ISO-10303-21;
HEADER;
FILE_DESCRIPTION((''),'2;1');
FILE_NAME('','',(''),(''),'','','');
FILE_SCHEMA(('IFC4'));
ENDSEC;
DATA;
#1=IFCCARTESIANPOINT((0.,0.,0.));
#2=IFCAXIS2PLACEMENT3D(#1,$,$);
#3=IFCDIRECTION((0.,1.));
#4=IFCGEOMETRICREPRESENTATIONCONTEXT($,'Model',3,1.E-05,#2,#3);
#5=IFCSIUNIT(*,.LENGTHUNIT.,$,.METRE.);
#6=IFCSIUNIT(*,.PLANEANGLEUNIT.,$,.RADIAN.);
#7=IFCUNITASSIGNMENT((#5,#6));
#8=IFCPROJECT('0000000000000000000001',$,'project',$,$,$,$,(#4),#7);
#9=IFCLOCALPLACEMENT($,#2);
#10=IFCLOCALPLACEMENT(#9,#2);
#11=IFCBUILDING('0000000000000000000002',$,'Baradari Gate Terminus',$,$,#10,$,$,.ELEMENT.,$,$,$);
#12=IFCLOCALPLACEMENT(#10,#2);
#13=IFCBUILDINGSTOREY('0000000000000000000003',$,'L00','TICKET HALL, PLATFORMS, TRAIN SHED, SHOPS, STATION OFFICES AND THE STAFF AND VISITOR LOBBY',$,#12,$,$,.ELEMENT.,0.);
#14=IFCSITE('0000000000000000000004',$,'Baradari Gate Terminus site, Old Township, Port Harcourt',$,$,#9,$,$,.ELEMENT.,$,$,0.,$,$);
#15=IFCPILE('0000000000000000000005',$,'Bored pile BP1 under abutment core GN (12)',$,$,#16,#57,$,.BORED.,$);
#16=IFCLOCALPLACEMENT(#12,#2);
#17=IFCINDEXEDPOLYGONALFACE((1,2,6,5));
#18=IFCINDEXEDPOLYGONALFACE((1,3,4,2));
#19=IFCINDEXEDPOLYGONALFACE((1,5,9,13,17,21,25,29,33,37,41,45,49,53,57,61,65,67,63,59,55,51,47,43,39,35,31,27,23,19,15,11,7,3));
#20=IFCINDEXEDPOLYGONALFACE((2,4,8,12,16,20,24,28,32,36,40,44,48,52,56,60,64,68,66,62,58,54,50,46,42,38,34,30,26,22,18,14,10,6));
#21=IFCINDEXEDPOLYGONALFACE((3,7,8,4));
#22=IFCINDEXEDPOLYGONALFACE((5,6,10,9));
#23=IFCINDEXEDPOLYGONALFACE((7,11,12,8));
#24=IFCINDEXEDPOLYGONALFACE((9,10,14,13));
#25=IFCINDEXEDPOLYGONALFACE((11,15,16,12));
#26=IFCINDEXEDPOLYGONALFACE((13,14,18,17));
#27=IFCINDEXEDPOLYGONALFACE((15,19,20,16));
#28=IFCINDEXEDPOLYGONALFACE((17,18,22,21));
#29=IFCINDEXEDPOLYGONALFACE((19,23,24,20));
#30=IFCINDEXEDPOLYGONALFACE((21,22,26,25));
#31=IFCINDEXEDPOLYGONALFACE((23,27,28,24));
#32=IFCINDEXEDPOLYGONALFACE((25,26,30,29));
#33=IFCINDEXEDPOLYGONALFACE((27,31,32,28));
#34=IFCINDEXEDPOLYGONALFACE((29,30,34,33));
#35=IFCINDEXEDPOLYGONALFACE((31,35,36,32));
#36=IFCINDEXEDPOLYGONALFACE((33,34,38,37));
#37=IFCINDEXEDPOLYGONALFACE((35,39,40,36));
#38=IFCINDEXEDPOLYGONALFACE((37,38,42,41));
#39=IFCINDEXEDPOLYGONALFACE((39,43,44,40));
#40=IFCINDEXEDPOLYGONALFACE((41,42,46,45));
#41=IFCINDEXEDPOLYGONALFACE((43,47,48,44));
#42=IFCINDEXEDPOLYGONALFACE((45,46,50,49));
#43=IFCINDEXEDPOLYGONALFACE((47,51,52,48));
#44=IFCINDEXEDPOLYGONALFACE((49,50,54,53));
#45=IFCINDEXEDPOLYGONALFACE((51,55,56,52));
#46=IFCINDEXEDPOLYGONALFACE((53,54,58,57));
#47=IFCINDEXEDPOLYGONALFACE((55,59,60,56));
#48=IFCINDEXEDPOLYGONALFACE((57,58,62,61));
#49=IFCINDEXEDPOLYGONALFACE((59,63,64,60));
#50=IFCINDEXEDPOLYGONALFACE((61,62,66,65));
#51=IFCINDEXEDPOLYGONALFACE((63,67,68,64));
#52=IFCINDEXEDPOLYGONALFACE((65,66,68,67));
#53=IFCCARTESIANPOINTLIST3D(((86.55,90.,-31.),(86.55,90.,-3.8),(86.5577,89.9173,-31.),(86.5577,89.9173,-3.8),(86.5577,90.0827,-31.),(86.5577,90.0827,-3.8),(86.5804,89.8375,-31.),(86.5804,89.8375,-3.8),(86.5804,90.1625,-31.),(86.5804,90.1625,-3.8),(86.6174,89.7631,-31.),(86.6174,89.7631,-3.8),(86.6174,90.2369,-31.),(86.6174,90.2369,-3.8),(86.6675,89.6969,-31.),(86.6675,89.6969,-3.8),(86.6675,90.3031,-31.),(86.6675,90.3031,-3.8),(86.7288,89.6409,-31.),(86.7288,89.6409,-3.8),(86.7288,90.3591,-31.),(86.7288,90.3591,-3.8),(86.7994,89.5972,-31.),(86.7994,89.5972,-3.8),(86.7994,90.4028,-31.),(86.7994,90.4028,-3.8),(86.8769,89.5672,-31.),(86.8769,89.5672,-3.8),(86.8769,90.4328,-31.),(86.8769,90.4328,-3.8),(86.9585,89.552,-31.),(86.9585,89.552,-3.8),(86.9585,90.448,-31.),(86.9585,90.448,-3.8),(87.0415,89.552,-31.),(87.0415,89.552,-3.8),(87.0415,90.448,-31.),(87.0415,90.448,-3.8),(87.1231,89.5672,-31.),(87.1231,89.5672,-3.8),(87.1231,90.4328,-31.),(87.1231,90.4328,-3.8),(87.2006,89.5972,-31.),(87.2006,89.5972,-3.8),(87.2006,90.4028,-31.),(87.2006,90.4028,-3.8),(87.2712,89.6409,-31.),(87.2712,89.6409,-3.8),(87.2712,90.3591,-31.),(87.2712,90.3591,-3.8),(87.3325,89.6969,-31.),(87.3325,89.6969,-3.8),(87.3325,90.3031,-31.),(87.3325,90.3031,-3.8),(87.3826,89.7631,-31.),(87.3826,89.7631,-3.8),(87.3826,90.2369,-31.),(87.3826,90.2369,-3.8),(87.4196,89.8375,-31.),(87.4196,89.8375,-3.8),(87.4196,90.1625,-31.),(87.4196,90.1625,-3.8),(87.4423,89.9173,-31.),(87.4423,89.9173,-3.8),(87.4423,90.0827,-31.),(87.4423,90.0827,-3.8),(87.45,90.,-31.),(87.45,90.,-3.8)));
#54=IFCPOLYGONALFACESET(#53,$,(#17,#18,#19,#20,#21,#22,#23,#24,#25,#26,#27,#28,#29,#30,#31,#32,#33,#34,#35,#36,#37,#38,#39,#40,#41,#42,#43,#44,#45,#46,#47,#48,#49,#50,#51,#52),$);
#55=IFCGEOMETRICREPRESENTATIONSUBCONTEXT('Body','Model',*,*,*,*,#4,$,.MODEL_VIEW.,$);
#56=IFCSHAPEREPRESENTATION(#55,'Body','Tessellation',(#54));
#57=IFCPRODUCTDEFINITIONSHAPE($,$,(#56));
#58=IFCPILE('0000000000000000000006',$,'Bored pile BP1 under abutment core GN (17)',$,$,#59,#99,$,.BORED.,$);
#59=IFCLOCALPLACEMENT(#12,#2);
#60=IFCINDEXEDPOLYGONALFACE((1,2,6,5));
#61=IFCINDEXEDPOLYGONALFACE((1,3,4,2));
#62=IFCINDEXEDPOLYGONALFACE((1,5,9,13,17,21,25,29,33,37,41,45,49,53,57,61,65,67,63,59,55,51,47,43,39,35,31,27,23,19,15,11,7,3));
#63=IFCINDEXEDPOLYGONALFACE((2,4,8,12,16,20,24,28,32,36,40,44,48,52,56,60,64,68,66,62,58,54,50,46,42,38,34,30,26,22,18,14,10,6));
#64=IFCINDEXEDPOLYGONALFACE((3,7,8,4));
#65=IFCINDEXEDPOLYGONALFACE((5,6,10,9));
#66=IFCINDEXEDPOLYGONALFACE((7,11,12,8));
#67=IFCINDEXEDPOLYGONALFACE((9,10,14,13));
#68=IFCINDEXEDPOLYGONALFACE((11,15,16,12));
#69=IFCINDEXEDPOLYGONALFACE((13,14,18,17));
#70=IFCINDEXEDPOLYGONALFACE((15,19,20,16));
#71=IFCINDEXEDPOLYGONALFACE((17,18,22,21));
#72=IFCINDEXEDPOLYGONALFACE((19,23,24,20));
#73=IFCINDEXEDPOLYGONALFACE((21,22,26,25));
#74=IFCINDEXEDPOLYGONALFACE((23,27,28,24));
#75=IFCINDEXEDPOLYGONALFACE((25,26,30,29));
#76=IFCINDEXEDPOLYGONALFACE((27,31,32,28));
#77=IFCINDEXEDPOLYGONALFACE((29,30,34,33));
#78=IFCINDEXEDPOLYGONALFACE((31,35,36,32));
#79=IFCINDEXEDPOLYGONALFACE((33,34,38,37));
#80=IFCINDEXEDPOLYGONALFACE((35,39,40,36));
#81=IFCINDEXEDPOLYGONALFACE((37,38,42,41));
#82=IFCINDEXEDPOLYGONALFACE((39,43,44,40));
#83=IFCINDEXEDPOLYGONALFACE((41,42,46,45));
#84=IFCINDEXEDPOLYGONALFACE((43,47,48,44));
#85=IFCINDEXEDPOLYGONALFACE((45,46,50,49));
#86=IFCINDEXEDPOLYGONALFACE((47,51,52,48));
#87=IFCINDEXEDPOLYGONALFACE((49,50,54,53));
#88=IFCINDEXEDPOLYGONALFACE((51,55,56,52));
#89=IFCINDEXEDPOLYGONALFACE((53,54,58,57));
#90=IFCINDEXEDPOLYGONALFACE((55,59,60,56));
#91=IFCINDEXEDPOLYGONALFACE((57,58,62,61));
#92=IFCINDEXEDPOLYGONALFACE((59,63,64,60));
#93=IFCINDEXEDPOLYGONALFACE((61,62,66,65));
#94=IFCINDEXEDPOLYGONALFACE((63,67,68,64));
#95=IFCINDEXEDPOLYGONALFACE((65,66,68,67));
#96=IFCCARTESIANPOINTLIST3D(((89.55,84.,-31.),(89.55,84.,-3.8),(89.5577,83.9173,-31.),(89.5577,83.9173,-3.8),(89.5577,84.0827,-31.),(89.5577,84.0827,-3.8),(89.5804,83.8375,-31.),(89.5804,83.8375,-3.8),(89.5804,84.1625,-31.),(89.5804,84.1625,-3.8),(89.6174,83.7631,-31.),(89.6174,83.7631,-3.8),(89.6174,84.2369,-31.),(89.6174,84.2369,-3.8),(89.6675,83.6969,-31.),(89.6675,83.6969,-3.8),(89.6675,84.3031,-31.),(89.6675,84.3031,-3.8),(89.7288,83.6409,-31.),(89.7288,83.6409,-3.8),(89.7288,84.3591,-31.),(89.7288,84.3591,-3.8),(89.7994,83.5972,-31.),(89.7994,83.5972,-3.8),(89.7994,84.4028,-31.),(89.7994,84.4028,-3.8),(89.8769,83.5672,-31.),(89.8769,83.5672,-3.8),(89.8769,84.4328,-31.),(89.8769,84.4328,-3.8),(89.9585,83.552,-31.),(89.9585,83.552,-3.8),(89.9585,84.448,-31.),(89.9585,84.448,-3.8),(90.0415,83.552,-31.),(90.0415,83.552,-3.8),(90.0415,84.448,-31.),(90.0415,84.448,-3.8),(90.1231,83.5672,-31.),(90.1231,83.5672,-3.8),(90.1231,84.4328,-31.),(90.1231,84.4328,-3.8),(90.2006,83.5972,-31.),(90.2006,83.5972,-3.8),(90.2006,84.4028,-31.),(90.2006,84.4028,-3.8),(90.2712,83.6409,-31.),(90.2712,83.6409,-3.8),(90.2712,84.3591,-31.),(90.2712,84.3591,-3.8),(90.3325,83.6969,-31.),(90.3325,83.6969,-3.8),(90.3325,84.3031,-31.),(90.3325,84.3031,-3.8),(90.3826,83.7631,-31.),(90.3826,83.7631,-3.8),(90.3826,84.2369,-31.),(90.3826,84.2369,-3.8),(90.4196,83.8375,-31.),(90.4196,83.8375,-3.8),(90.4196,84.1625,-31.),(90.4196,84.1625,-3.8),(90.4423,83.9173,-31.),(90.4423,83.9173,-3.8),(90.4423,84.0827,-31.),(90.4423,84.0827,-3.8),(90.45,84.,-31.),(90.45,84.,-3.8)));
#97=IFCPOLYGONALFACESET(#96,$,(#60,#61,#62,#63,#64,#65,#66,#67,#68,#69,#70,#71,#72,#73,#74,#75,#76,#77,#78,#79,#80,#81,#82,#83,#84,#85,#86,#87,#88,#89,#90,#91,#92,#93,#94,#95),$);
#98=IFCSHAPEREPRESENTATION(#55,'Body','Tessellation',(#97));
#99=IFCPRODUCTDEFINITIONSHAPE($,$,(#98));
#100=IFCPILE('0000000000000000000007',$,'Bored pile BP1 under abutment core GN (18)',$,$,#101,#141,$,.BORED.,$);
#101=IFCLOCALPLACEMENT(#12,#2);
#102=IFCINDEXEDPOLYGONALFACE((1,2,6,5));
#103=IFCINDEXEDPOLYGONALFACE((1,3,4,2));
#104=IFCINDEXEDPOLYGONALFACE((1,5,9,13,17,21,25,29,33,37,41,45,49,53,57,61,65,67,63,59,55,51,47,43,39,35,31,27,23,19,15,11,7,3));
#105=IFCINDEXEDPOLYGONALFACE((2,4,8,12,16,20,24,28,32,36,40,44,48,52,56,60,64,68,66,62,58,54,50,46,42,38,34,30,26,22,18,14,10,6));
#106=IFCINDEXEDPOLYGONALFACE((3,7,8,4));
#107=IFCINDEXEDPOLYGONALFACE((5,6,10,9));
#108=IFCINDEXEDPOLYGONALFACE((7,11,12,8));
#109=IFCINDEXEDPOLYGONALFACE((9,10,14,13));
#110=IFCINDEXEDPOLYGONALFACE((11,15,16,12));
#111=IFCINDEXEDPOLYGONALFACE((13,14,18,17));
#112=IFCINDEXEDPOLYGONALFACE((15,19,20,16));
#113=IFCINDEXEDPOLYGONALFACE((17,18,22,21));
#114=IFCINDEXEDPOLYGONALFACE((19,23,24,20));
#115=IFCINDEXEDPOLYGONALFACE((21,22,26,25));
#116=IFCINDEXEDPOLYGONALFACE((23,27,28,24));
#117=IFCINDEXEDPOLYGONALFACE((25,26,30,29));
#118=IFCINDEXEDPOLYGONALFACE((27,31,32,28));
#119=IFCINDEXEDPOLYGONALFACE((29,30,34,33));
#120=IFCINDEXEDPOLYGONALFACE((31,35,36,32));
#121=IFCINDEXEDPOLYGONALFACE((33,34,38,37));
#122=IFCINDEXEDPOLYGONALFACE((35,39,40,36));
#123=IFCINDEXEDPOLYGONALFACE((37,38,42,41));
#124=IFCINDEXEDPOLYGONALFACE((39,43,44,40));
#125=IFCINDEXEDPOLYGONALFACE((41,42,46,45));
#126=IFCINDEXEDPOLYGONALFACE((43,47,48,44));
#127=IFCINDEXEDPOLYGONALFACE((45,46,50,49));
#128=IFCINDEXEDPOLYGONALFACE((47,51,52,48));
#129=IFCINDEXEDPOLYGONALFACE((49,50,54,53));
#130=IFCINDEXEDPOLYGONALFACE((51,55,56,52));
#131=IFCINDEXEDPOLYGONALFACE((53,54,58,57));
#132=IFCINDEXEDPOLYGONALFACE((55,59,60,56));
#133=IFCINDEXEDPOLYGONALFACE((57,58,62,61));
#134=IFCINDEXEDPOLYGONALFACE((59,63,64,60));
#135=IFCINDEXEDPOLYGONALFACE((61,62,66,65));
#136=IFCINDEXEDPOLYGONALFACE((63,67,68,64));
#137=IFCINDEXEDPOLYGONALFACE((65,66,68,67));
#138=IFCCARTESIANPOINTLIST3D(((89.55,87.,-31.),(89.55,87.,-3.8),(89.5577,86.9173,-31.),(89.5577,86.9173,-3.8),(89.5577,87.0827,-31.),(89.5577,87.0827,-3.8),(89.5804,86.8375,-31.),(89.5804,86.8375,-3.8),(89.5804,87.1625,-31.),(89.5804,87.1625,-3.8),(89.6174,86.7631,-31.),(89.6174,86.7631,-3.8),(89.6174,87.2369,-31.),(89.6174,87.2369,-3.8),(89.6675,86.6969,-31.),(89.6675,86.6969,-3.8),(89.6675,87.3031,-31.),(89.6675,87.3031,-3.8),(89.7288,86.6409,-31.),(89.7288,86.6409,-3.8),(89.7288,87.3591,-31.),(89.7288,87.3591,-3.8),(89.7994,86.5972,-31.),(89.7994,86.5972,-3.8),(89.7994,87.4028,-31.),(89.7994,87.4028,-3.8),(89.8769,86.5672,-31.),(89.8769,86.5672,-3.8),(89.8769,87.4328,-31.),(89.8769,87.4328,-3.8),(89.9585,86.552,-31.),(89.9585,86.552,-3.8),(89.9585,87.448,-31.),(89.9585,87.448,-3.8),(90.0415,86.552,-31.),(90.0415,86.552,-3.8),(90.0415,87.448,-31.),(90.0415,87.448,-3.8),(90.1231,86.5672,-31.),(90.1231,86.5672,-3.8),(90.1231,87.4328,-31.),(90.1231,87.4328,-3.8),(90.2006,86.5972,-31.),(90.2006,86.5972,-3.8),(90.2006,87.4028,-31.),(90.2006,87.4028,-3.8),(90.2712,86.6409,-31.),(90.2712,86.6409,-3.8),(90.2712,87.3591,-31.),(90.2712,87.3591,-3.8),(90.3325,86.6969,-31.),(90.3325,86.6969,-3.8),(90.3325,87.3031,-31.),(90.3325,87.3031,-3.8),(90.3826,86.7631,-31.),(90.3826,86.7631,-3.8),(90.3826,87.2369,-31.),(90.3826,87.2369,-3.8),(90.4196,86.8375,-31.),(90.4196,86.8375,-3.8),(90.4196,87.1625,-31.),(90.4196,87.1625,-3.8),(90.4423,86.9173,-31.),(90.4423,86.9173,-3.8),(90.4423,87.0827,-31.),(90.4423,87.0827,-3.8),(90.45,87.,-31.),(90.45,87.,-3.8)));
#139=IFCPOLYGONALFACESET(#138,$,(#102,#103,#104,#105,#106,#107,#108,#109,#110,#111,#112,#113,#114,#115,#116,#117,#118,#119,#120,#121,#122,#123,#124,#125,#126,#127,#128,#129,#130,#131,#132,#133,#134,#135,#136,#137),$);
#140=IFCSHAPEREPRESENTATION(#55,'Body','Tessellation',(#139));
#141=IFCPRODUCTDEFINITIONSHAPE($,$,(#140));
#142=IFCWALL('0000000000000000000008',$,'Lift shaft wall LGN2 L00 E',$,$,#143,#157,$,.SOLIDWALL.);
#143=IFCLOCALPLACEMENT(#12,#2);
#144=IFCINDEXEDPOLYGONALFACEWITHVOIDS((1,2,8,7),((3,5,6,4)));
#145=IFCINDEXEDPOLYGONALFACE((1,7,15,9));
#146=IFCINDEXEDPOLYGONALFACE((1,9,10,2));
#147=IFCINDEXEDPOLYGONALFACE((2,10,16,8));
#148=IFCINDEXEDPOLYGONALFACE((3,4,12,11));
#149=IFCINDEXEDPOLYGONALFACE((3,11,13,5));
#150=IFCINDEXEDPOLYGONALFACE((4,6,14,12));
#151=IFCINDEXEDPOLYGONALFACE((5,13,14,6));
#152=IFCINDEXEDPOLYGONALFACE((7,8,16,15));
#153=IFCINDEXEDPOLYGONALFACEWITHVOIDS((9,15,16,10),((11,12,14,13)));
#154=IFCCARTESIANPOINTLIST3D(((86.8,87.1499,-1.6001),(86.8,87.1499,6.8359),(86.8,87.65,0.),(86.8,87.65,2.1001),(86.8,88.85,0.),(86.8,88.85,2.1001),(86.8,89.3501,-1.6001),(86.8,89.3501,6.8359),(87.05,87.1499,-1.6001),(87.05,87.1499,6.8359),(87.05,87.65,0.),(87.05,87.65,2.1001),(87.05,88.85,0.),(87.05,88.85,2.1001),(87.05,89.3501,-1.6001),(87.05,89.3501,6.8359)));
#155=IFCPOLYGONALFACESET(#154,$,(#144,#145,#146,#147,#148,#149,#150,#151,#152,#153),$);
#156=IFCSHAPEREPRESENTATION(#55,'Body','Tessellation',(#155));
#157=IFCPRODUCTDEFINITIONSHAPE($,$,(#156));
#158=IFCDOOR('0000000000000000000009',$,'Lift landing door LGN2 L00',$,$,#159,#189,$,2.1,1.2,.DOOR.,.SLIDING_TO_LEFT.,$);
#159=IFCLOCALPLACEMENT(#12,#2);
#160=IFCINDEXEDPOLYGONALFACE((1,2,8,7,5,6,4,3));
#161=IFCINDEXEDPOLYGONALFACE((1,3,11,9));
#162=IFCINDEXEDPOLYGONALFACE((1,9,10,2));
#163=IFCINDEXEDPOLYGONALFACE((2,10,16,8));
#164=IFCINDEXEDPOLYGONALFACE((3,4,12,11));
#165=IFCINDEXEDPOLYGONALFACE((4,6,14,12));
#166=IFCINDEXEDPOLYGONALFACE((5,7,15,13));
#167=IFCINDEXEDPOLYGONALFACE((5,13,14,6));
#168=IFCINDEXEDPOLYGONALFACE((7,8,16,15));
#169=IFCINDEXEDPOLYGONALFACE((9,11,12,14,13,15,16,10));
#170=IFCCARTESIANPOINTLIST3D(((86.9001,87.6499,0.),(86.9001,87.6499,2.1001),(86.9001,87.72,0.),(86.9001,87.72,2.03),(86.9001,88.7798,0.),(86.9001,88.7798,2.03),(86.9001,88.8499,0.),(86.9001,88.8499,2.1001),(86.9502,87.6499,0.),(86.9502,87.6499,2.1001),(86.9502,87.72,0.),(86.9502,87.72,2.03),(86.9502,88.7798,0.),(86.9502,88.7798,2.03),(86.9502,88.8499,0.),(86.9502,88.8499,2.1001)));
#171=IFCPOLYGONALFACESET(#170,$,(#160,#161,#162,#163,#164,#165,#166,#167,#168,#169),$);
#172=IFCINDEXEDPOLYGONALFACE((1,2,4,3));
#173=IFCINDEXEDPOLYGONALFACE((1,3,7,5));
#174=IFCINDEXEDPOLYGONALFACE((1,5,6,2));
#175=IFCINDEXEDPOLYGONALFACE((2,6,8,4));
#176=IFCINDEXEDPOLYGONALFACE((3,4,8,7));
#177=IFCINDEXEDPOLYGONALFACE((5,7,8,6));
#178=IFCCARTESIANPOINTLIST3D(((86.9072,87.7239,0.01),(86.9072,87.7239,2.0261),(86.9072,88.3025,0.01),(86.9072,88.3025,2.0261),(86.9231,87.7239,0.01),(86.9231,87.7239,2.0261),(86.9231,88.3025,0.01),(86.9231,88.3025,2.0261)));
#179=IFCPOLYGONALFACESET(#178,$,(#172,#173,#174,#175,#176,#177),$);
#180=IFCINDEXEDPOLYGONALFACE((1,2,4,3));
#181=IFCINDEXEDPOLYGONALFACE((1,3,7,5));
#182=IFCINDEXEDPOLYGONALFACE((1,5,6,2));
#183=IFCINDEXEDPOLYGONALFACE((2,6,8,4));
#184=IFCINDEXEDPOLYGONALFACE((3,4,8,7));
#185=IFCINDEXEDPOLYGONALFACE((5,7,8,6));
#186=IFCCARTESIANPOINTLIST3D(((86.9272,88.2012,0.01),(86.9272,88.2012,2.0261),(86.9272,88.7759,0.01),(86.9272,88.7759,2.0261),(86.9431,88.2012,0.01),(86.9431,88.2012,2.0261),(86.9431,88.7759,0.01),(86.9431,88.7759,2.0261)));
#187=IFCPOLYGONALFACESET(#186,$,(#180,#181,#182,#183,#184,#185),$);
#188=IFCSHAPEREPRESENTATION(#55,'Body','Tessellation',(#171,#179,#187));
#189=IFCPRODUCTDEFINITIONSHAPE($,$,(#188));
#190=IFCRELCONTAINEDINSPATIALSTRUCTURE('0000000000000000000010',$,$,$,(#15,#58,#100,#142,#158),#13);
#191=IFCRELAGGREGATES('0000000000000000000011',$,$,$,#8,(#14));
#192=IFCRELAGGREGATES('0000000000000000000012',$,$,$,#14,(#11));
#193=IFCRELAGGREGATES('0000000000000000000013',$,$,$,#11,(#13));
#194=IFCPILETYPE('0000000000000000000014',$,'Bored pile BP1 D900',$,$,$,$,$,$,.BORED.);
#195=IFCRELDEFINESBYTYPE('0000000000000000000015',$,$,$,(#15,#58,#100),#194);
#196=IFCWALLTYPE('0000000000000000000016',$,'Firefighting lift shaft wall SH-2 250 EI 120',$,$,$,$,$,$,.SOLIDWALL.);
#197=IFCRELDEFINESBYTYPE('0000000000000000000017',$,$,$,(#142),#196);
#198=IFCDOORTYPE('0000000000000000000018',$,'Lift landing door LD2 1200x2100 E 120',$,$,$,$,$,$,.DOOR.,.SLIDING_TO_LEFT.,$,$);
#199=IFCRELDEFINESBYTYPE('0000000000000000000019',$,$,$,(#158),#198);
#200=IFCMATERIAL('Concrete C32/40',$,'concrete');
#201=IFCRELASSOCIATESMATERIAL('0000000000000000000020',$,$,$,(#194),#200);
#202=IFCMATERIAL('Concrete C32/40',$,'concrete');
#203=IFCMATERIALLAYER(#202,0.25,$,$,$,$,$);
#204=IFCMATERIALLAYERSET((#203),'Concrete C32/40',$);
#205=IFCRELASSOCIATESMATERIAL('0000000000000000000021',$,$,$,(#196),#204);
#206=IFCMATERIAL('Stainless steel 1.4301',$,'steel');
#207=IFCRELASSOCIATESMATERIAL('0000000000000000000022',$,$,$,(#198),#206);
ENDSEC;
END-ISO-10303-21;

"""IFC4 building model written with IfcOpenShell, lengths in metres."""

from ifc_helpers import new_model, si_unit, direction, frame, frame_2d, origin, origin_2d, place, context, subcontext, project, spatial, polyline, rectangle, circle, outline, extrude, material, layer, layer_set, type_object, element, fill, save


model = new_model("IFC4")

# Units and contexts
model_context = context("Model", 3, precision=1e-05, world=origin(), true_north=direction((0.0, 1.0)))
body_context = subcontext(model_context, "Body", "Model", "MODEL_VIEW")
ifc_project = project(units=[si_unit("LENGTHUNIT", "METRE"), si_unit("PLANEANGLEUNIT", "RADIAN")], contexts=[model_context])

# Site, building, storey
site_placement = place(None, origin())
site = spatial("IfcSite", under=ifc_project, at=site_placement, Name="Baradari Gate Terminus site, Old Township, Port Harcourt", CompositionType="ELEMENT", RefElevation=0.0)
building_placement = place(site_placement, origin())
building = spatial("IfcBuilding", under=site, at=building_placement, Name="Baradari Gate Terminus", CompositionType="ELEMENT")
storey_placement = place(building_placement, origin())
storey = spatial("IfcBuildingStorey", under=building, at=storey_placement, Name="L00", Description="TICKET HALL, PLATFORMS, TRAIN SHED, SHOPS, STATION OFFICES AND THE STAFF AND VISITOR LOBBY", CompositionType="ELEMENT", Elevation=0.0)

# Piles
ifc_material_1 = material(Name="Concrete C32/40", Category="concrete")
pile_type = type_object("IfcPileType", Name="Bored pile BP1 D900", PredefinedType="BORED", material=ifc_material_1)
for number, where, z_axis, x_axis, name in (
    (1, (87.0, 90.0, -3.8), (0.0, 0.0, -1.0), (1.0, 0.0, 0.0), "Bored pile BP1 under abutment core GN (12)"),
    (2, (90.0, 84.0, -3.8), (0.0, 0.0, -1.0), (1.0, 0.0, 0.0), "Bored pile BP1 under abutment core GN (17)"),
    (3, (90.0, 87.0, -3.8), (0.0, 0.0, -1.0), (1.0, 0.0, 0.0), "Bored pile BP1 under abutment core GN (18)"),
):
    element("IfcPile", number, at=place(storey_placement, frame(where, z_axis=z_axis, x_axis=x_axis)), inside=storey, type_object=pile_type, Name=name, PredefinedType="BORED", context=body_context, shape_type="SweptSolid", body=[
        extrude(circle(Radius=0.45, at=origin_2d()), origin(), (0.0, 0.0, 1.0), 27.2),
    ])

# Wall, opening, door
ifc_material_2 = material(Name="Concrete C32/40", Category="concrete")
ifc_layer_1 = layer(ifc_material_2, 0.25)
ifc_layer_set_1 = layer_set([ifc_layer_1], Name="Concrete C32/40")
wall_type_1 = type_object("IfcWallType", Name="Firefighting lift shaft wall SH-2 250 EI 120", PredefinedType="SOLIDWALL", material=ifc_layer_set_1)
wall_1_placement = place(storey_placement, frame((86.925, 87.1499, -1.6001), z_axis=(0.0, 0.0, 1.0), x_axis=(0.0, 1.0, 0.0)))
wall_1 = element("IfcWall", 4, at=wall_1_placement, inside=storey, type_object=wall_type_1, Name="Lift shaft wall LGN2 L00 E", PredefinedType="SOLIDWALL", context=body_context, shape_type="SweptSolid", body=[
    extrude(rectangle(XDim=2.2002, YDim=0.25, at=frame_2d((1.1001, 0.0))), origin(), (0.0, 0.0, 1.0), 8.436),
])
opening_1_placement = place(wall_1_placement, frame((0.5, 0.0, 1.6001)))
opening_1 = element("IfcOpeningElement", 5, at=opening_1_placement, cuts=wall_1, PredefinedType="OPENING", context=body_context, shape_type="SweptSolid", body=[
    extrude(rectangle(XDim=1.2, YDim=2.1001, at=frame_2d((0.6001, 1.05))), frame((0.0, 0.135, 0.0), z_axis=(0.0, -1.0, 0.0), x_axis=(1.0, 0.0, 0.0)), (0.0, 0.0, 1.0), 0.27),
])
ifc_material_3 = material(Name="Stainless steel 1.4301", Category="steel")
door_type_1 = type_object("IfcDoorType", Name="Lift landing door LD2 1200x2100 E 120", OperationType="SLIDING_TO_LEFT", PredefinedType="DOOR", material=ifc_material_3)
door_1_placement = place(opening_1_placement, origin())
door_1 = element("IfcDoor", 6, at=door_1_placement, inside=storey, type_object=door_type_1, Name="Lift landing door LGN2 L00", OperationType="SLIDING_TO_LEFT", OverallHeight=2.1, OverallWidth=1.2, PredefinedType="DOOR", context=body_context, shape_type="SweptSolid", body=[
    extrude(outline(polyline([(0.0, 0.0), (0.0701, 0.0), (0.0701, 2.03), (1.1299, 2.03), (1.1299, 0.0), (1.2, 0.0), (1.2, 2.1001), (0.0, 2.1001), (0.0, 0.0)])), frame((0.0, 0.0249, 0.0), z_axis=(0.0, -1.0, 0.0), x_axis=(1.0, 0.0, 0.0)), (0.0, 0.0, 1.0), 0.05),
    extrude(rectangle(XDim=0.5786, YDim=2.0161, at=frame_2d((0.3633, 1.0181))), frame((0.0, 0.0178, 0.0), z_axis=(0.0, -1.0, 0.0), x_axis=(1.0, 0.0, 0.0)), (0.0, 0.0, 1.0), 0.0159),
    extrude(rectangle(XDim=0.5747, YDim=2.0161, at=frame_2d((0.8386, 1.0181))), frame((0.0, -0.0022, 0.0), z_axis=(0.0, -1.0, 0.0), x_axis=(1.0, 0.0, 0.0)), (0.0, 0.0, 1.0), 0.0159),
])
fill(opening_1, door_1)

save(model, "model.ifc")
